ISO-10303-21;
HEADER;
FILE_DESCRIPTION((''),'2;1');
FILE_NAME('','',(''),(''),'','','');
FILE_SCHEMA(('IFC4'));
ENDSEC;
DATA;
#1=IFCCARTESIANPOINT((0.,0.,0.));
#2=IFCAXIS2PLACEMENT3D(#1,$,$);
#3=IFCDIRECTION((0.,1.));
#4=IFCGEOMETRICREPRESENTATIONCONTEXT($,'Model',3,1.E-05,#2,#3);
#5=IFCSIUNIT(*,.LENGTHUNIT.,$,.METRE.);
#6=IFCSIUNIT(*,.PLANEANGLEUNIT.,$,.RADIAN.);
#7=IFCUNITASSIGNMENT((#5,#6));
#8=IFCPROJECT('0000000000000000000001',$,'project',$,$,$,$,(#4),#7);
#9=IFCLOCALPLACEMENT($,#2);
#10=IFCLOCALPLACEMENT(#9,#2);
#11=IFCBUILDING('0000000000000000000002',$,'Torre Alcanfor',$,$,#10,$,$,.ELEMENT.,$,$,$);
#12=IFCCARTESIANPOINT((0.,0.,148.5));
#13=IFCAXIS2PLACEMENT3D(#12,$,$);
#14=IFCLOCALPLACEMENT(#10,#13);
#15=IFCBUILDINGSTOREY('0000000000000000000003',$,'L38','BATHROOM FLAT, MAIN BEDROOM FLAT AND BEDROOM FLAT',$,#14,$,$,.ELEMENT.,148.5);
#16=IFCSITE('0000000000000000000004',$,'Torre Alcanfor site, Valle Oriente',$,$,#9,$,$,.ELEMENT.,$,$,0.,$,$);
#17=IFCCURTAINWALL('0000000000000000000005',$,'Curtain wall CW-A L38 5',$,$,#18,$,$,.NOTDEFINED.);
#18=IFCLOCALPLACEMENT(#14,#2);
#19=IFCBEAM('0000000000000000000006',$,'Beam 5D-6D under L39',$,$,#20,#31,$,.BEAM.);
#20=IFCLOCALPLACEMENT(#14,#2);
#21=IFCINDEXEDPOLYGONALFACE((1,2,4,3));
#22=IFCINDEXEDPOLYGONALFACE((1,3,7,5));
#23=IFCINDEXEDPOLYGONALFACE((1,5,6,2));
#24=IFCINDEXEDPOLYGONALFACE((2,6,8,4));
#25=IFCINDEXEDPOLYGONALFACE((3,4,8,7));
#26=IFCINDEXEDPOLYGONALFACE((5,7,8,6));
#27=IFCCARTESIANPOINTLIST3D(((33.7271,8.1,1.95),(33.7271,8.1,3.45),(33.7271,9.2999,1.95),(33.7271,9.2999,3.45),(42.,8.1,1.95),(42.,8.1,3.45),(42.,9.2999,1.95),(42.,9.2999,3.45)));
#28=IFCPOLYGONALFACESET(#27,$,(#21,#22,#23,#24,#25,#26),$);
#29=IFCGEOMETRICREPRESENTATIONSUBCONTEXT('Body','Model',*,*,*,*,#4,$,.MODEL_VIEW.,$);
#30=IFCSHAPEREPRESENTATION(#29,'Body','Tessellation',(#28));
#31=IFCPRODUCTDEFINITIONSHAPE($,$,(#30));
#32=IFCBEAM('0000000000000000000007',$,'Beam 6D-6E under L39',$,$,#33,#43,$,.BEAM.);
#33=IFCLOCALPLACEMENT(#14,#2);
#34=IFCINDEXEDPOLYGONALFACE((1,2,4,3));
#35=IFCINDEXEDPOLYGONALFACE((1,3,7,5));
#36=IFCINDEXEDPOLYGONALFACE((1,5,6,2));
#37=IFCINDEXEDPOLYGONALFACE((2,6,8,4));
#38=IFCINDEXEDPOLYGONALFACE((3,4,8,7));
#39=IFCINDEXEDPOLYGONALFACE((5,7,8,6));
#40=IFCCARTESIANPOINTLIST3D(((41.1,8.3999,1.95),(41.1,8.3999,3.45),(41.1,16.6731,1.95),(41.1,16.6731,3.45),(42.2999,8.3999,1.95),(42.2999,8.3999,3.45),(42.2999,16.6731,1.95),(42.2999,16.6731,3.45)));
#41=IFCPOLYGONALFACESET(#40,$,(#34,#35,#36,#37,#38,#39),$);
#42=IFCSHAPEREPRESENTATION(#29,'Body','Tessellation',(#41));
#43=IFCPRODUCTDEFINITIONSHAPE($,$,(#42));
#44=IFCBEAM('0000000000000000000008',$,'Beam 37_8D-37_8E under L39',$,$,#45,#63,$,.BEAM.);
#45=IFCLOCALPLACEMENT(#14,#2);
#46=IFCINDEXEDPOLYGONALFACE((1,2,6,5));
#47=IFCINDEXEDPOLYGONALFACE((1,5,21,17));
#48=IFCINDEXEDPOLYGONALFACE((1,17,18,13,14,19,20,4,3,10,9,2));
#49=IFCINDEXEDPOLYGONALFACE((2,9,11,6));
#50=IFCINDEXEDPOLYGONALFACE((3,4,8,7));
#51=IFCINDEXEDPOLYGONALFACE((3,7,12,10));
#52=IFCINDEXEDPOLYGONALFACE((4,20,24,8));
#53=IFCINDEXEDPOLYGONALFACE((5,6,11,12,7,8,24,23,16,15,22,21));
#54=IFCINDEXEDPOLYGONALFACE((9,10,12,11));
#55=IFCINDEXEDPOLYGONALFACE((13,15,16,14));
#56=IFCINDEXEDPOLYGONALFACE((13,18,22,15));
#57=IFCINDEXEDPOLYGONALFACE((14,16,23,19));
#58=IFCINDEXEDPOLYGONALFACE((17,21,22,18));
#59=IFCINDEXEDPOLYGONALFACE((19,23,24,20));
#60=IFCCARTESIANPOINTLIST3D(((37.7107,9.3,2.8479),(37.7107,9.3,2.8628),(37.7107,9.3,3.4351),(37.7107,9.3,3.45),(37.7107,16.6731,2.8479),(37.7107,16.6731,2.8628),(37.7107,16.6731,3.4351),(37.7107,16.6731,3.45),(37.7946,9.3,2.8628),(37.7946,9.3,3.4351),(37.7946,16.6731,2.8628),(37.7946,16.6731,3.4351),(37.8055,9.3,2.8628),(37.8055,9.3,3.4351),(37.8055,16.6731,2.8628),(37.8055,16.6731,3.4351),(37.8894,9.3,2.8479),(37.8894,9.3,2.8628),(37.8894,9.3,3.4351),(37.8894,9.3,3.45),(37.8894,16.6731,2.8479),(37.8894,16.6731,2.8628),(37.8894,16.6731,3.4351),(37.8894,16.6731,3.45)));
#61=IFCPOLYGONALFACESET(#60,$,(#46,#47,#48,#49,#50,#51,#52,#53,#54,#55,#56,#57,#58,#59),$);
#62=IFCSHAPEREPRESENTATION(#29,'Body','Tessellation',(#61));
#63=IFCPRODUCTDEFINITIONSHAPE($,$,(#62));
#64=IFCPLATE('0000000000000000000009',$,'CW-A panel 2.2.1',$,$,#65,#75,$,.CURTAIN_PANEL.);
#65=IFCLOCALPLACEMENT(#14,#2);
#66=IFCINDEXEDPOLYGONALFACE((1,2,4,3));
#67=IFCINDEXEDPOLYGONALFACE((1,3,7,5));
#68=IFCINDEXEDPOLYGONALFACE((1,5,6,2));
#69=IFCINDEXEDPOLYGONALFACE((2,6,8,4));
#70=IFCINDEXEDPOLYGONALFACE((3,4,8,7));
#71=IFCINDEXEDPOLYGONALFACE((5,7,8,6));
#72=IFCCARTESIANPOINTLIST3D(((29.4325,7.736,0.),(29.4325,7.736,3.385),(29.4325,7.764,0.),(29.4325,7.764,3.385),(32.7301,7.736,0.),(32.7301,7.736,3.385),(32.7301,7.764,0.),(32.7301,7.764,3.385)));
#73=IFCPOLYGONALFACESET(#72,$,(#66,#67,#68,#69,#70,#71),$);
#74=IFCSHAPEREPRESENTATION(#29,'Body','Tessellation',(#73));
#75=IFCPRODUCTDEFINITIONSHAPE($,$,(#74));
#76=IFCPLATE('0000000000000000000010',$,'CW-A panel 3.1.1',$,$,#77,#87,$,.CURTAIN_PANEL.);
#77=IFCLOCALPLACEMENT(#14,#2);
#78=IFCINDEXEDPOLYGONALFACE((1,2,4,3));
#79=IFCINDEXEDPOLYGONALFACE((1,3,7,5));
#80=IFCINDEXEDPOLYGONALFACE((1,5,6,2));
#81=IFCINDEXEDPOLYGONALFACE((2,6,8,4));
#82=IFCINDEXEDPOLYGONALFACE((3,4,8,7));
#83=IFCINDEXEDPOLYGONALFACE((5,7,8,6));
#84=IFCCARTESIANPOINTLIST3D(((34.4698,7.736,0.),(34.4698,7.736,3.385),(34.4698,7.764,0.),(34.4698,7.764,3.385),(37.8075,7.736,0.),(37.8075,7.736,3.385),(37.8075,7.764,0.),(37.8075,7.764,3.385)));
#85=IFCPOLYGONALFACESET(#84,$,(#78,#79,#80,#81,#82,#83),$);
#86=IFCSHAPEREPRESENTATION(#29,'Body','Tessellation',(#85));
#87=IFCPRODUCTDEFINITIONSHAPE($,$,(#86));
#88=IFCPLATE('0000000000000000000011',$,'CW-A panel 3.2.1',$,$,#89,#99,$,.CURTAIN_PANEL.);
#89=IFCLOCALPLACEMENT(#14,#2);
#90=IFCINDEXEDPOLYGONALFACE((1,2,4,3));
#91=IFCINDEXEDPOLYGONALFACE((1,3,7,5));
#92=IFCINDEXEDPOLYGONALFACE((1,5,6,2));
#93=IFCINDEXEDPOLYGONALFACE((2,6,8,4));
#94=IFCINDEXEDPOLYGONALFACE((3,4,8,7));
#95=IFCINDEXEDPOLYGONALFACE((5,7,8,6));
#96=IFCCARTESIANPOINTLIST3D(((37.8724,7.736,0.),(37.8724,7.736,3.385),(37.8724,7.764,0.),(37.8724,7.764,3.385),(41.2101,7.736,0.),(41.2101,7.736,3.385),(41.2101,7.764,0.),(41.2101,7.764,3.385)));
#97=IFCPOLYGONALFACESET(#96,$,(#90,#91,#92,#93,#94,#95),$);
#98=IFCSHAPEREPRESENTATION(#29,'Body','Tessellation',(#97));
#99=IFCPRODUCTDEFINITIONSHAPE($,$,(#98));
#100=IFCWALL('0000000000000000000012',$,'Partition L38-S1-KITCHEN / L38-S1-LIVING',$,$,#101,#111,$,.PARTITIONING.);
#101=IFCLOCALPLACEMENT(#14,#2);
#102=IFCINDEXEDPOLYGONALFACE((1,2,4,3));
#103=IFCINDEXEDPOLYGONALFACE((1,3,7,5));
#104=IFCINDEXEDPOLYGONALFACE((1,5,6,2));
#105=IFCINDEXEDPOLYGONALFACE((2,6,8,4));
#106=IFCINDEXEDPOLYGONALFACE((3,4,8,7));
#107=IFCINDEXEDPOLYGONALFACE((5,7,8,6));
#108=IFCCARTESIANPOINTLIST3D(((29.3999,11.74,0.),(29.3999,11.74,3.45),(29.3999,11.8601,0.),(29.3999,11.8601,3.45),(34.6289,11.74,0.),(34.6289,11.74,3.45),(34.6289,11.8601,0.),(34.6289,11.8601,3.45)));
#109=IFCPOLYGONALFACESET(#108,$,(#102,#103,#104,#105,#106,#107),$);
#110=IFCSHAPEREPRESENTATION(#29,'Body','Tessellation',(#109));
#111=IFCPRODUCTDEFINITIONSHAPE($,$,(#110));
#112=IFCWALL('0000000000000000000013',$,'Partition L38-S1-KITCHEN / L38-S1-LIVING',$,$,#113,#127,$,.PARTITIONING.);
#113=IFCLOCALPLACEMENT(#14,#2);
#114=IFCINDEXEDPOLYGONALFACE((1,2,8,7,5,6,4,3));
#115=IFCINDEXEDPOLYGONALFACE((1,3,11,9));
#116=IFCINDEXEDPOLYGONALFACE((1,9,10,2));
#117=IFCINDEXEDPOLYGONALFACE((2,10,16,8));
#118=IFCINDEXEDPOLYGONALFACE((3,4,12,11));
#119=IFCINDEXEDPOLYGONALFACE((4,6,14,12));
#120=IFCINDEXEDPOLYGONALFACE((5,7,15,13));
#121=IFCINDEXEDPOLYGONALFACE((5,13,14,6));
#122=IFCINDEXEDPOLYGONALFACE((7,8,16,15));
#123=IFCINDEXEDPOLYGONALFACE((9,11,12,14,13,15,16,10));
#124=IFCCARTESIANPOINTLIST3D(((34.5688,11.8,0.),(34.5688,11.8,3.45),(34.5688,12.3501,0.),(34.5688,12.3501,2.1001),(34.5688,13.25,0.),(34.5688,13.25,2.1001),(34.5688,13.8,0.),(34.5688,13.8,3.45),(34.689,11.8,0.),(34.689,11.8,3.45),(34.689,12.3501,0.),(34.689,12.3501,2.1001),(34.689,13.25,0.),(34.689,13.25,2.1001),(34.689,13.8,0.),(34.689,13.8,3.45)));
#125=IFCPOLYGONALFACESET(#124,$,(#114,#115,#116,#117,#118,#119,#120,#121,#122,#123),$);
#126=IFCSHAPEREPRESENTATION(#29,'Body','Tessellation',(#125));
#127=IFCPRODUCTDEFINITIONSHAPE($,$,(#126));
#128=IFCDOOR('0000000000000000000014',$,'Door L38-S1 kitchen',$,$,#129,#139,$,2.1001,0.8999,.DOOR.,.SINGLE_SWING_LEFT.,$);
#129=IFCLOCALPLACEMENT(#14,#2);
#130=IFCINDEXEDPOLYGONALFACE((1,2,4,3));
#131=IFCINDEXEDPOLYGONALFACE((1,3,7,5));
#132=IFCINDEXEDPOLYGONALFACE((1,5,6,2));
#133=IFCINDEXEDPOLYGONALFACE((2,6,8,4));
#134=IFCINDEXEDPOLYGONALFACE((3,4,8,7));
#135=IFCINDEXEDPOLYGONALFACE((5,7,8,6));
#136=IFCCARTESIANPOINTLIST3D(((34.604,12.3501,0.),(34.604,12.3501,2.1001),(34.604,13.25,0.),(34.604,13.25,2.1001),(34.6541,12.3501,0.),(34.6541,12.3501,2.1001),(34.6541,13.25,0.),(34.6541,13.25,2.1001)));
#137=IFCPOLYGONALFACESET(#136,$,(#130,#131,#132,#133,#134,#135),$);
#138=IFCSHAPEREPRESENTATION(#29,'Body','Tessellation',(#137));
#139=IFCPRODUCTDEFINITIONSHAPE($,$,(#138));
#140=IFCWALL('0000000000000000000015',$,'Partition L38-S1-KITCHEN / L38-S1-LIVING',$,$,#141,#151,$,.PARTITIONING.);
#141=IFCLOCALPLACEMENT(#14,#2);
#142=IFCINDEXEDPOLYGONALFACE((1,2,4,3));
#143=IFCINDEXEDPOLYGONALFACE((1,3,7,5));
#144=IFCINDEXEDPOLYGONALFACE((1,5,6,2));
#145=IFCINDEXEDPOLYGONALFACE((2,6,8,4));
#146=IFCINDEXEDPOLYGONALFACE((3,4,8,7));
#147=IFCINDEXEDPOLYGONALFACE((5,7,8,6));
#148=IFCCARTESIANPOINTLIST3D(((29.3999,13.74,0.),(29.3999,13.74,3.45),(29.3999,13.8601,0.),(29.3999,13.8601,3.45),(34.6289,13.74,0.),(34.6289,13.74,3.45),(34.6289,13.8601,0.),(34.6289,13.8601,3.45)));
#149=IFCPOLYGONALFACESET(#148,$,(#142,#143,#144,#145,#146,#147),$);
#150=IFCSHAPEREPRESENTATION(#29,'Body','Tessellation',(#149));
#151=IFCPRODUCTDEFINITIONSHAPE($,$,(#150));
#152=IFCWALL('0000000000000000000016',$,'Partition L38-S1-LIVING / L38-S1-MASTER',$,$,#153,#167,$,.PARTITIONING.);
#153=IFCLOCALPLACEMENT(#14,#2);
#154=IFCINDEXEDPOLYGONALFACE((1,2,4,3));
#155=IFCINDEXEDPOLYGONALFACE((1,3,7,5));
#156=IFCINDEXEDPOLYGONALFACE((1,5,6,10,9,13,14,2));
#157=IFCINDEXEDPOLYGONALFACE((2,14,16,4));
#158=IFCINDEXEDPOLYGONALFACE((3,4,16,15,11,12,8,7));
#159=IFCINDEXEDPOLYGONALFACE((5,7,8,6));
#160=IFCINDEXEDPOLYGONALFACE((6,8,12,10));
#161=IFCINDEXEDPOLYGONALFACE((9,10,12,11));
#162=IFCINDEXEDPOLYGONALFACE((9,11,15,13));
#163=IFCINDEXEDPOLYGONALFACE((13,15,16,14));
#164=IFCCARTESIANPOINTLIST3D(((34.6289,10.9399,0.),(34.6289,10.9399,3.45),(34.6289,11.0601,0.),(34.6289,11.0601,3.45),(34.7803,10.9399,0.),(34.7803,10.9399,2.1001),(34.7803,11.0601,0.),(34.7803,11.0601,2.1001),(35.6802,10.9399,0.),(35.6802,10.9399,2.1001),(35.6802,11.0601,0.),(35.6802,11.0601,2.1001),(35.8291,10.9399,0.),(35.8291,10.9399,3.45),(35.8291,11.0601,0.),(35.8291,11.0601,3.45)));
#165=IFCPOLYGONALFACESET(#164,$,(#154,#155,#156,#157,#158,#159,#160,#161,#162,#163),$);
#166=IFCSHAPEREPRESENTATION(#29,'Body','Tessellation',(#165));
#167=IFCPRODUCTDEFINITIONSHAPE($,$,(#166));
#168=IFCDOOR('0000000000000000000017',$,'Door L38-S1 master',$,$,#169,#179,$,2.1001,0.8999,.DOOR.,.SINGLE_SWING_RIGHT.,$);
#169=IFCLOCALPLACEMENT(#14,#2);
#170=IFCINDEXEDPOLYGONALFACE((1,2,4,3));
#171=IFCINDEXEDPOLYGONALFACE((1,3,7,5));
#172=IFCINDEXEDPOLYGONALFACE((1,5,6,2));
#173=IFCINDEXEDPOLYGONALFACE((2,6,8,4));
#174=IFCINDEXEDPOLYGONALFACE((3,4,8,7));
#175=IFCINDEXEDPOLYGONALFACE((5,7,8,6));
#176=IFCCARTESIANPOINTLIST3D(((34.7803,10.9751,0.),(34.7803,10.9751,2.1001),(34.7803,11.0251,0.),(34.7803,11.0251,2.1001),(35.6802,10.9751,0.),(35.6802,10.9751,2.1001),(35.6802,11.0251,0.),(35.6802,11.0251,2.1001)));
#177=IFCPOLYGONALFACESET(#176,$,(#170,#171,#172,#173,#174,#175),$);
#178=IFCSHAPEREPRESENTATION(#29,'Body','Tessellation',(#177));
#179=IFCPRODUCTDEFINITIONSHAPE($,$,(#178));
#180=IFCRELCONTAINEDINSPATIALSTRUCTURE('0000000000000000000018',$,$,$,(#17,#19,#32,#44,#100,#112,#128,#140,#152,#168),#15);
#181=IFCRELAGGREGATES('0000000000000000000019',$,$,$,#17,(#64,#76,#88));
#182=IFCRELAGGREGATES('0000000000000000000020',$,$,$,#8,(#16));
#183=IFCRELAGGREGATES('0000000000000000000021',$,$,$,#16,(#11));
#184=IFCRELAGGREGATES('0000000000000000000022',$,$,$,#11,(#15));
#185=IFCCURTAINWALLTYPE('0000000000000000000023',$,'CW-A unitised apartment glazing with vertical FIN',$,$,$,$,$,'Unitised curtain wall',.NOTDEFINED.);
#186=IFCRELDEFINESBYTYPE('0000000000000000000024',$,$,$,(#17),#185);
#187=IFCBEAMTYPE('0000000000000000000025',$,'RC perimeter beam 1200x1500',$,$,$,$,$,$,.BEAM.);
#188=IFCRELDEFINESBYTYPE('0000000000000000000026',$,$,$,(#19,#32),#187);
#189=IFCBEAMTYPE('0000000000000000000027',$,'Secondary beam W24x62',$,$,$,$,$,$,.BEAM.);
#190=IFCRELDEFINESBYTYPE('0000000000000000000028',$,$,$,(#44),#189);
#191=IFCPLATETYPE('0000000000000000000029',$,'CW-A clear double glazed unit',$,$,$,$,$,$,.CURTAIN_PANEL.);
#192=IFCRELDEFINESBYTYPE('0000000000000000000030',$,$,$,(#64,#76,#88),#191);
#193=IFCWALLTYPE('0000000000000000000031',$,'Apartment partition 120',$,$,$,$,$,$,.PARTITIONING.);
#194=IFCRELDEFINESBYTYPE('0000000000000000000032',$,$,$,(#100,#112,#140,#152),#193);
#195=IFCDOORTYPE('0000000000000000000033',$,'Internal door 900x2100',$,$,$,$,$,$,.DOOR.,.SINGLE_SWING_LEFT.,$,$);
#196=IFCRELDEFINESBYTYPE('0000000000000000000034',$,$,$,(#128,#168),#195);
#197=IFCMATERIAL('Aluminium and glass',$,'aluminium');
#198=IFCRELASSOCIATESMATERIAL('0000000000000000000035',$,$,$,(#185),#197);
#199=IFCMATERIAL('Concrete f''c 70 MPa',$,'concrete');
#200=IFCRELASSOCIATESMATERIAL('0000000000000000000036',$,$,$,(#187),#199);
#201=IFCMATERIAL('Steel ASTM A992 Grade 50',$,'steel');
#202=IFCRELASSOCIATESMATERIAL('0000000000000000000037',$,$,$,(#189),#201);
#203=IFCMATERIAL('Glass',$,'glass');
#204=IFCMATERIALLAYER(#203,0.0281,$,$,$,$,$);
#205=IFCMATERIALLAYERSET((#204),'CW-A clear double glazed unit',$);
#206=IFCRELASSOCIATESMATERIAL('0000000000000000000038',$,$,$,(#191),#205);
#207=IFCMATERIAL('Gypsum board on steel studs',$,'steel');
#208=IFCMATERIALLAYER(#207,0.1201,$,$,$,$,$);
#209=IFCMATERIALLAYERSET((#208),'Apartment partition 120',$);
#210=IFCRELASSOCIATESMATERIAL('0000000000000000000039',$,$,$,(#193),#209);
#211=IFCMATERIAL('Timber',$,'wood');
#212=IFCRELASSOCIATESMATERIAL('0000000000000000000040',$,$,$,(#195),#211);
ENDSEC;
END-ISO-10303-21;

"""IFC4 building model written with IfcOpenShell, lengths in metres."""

from ifc_helpers import new_model, si_unit, direction, frame, frame_2d, origin, origin_2d, place, context, subcontext, project, spatial, rectangle, i_section, extrude, material, layer, layer_set, material_profile, profile_set, type_object, element, fill, aggregate, save


model = new_model("IFC4")

# Units and contexts
model_context = context("Model", 3, precision=1e-05, world=origin(), true_north=direction((0.0, 1.0)))
body_context = subcontext(model_context, "Body", "Model", "MODEL_VIEW")
ifc_project = project(units=[si_unit("LENGTHUNIT", "METRE"), si_unit("PLANEANGLEUNIT", "RADIAN")], contexts=[model_context])

# Site, building, storey
site_placement = place(None, origin())
site = spatial("IfcSite", under=ifc_project, at=site_placement, Name="Torre Alcanfor site, Valle Oriente", CompositionType="ELEMENT", RefElevation=0.0)
building_placement = place(site_placement, origin())
building = spatial("IfcBuilding", under=site, at=building_placement, Name="Torre Alcanfor", CompositionType="ELEMENT")
storey_placement = place(building_placement, frame((0.0, 0.0, 148.5)))
storey = spatial("IfcBuildingStorey", under=building, at=storey_placement, Name="L38", Description="BATHROOM FLAT, MAIN BEDROOM FLAT AND BEDROOM FLAT", CompositionType="ELEMENT", Elevation=148.5)

# Curtain wall
ifc_material_1 = material(Name="Aluminium and glass", Category="aluminium")
curtain_wall_type = type_object("IfcCurtainWallType", Name="CW-A unitised apartment glazing with vertical FIN", ElementType="Unitised curtain wall", PredefinedType="NOTDEFINED", material=ifc_material_1)
curtain_wall_placement = place(storey_placement, origin())
curtain_wall = element("IfcCurtainWall", 1, at=curtain_wall_placement, inside=storey, type_object=curtain_wall_type, Name="Curtain wall CW-A L38 5", PredefinedType="NOTDEFINED")

# Beams
ifc_material_2 = material(Name="Concrete f'c 70 MPa", Category="concrete")
ifc_material_profile_1 = material_profile(ifc_material_2, rectangle(XDim=1.2, YDim=1.5, at=origin_2d()), Name="1200x1500")
ifc_profile_set_1 = profile_set([ifc_material_profile_1], Name="Concrete f'c 70 MPa")
beam_type_1 = type_object("IfcBeamType", Name="RC perimeter beam 1200x1500", PredefinedType="BEAM", material=ifc_profile_set_1)
beam_1_placement = place(storey_placement, frame((33.7271, 8.7, 2.7), z_axis=(1.0, 0.0, 0.0), x_axis=(0.0, 1.0, 0.0)))
element("IfcBeam", 2, at=beam_1_placement, inside=storey, type_object=beam_type_1, Name="Beam 5D-6D under L39", PredefinedType="BEAM", context=body_context, shape_type="SweptSolid", body=[
    extrude(rectangle(XDim=1.2, YDim=1.5, at=origin_2d()), origin(), (0.0, 0.0, 1.0), 8.2729),
])
beam_2_placement = place(storey_placement, frame((41.7, 8.3999, 2.7), z_axis=(0.0, 1.0, 0.0), x_axis=(-1.0, 0.0, 0.0)))
element("IfcBeam", 3, at=beam_2_placement, inside=storey, type_object=beam_type_1, Name="Beam 6D-6E under L39", PredefinedType="BEAM", context=body_context, shape_type="SweptSolid", body=[
    extrude(rectangle(XDim=1.2, YDim=1.5, at=origin_2d()), origin(), (0.0, 0.0, 1.0), 8.2732),
])
ifc_material_3 = material(Name="Steel ASTM A992 Grade 50", Category="steel")
ifc_material_profile_2 = material_profile(ifc_material_3, i_section(OverallWidth=0.1787, OverallDepth=0.6021, WebThickness=0.011, FlangeThickness=0.0149, at=origin_2d()), Name="W24x62")
ifc_profile_set_2 = profile_set([ifc_material_profile_2], Name="Steel ASTM A992 Grade 50")
beam_type_2 = type_object("IfcBeamType", Name="Secondary beam W24x62", PredefinedType="BEAM", material=ifc_profile_set_2)
beam_3_placement = place(storey_placement, frame((37.8, 9.3, 3.1489), z_axis=(0.0, 1.0, 0.0), x_axis=(-1.0, 0.0, 0.0)))
element("IfcBeam", 4, at=beam_3_placement, inside=storey, type_object=beam_type_2, Name="Beam 37_8D-37_8E under L39", PredefinedType="BEAM", context=body_context, shape_type="SweptSolid", body=[
    extrude(i_section(OverallWidth=0.1787, OverallDepth=0.6021, WebThickness=0.011, FlangeThickness=0.0149, at=origin_2d()), origin(), (0.0, 0.0, 1.0), 7.373),
])

# Plates
ifc_material_4 = material(Name="Glass", Category="glass")
ifc_layer_1 = layer(ifc_material_4, 0.0281)
ifc_layer_set_1 = layer_set([ifc_layer_1], Name="CW-A clear double glazed unit")
plate_type = type_object("IfcPlateType", Name="CW-A clear double glazed unit", PredefinedType="CURTAIN_PANEL", material=ifc_layer_set_1)
plate_1_placement = place(storey_placement, frame((31.0813, 7.75, 0.0), z_axis=(0.0, 0.0, 1.0), x_axis=(1.0, 0.0, 0.0)))
plate_1 = element("IfcPlate", 5, at=plate_1_placement, type_object=plate_type, Name="CW-A panel 2.2.1", PredefinedType="CURTAIN_PANEL", context=body_context, shape_type="SweptSolid", body=[
    extrude(rectangle(XDim=3.2976, YDim=0.0281, at=origin_2d()), origin(), (0.0, 0.0, 1.0), 3.385),
])
plate_2_placement = place(storey_placement, frame((36.1387, 7.75, 0.0), z_axis=(0.0, 0.0, 1.0), x_axis=(1.0, 0.0, 0.0)))
plate_2 = element("IfcPlate", 6, at=plate_2_placement, type_object=plate_type, Name="CW-A panel 3.1.1", PredefinedType="CURTAIN_PANEL", context=body_context, shape_type="SweptSolid", body=[
    extrude(rectangle(XDim=3.3376, YDim=0.0281, at=origin_2d()), origin(), (0.0, 0.0, 1.0), 3.385),
])
plate_3_placement = place(storey_placement, frame((39.5413, 7.75, 0.0), z_axis=(0.0, 0.0, 1.0), x_axis=(1.0, 0.0, 0.0)))
plate_3 = element("IfcPlate", 7, at=plate_3_placement, type_object=plate_type, Name="CW-A panel 3.2.1", PredefinedType="CURTAIN_PANEL", context=body_context, shape_type="SweptSolid", body=[
    extrude(rectangle(XDim=3.3376, YDim=0.0281, at=origin_2d()), origin(), (0.0, 0.0, 1.0), 3.385),
])
aggregate(curtain_wall, [plate_1, plate_2, plate_3])

# Wall
ifc_material_5 = material(Name="Gypsum board on steel studs", Category="steel")
ifc_layer_2 = layer(ifc_material_5, 0.1201)
ifc_layer_set_2 = layer_set([ifc_layer_2], Name="Apartment partition 120")
wall_type_1 = type_object("IfcWallType", Name="Apartment partition 120", PredefinedType="PARTITIONING", material=ifc_layer_set_2)
wall_1_placement = place(storey_placement, frame((29.3999, 11.8, 0.0), z_axis=(0.0, 0.0, 1.0), x_axis=(1.0, 0.0, 0.0)))
element("IfcWall", 8, at=wall_1_placement, inside=storey, type_object=wall_type_1, Name="Partition L38-S1-KITCHEN / L38-S1-LIVING", PredefinedType="PARTITIONING", context=body_context, shape_type="SweptSolid", body=[
    extrude(rectangle(XDim=5.229, YDim=0.1201, at=frame_2d((2.6145, 0.0))), origin(), (0.0, 0.0, 1.0), 3.45),
])

# Wall, opening, door
wall_2_placement = place(storey_placement, frame((34.6289, 11.8, 0.0), z_axis=(0.0, 0.0, 1.0), x_axis=(0.0, 1.0, 0.0)))
wall_2 = element("IfcWall", 9, at=wall_2_placement, inside=storey, type_object=wall_type_1, Name="Partition L38-S1-KITCHEN / L38-S1-LIVING", PredefinedType="PARTITIONING", context=body_context, shape_type="SweptSolid", body=[
    extrude(rectangle(XDim=2.0, YDim=0.1201, at=frame_2d((1.0, 0.0))), origin(), (0.0, 0.0, 1.0), 3.45),
])
opening_1_placement = place(wall_2_placement, frame((0.55, 0.0, 0.0)))
opening_1 = element("IfcOpeningElement", 10, at=opening_1_placement, cuts=wall_2, PredefinedType="OPENING", context=body_context, shape_type="SweptSolid", body=[
    extrude(rectangle(XDim=0.8999, YDim=2.1001, at=frame_2d((0.45, 1.05))), frame((0.0, 0.0701, 0.0), z_axis=(0.0, -1.0, 0.0), x_axis=(1.0, 0.0, 0.0)), (0.0, 0.0, 1.0), 0.1401),
])
ifc_material_6 = material(Name="Timber", Category="wood")
door_type = type_object("IfcDoorType", Name="Internal door 900x2100", OperationType="SINGLE_SWING_LEFT", PredefinedType="DOOR", material=ifc_material_6)
door_1_placement = place(opening_1_placement, origin())
door_1 = element("IfcDoor", 11, at=door_1_placement, inside=storey, type_object=door_type, Name="Door L38-S1 kitchen", OperationType="SINGLE_SWING_LEFT", OverallHeight=2.1001, OverallWidth=0.8999, PredefinedType="DOOR", context=body_context, shape_type="SweptSolid", body=[
    extrude(rectangle(XDim=0.8999, YDim=2.1001, at=frame_2d((0.45, 1.05))), frame((0.0, 0.0249, 0.0), z_axis=(0.0, -1.0, 0.0), x_axis=(1.0, 0.0, 0.0)), (0.0, 0.0, 1.0), 0.05),
])
fill(opening_1, door_1)

# Wall
wall_3_placement = place(storey_placement, frame((34.6289, 13.8, 0.0), z_axis=(0.0, 0.0, 1.0), x_axis=(-1.0, 0.0, 0.0)))
element("IfcWall", 12, at=wall_3_placement, inside=storey, type_object=wall_type_1, Name="Partition L38-S1-KITCHEN / L38-S1-LIVING", PredefinedType="PARTITIONING", context=body_context, shape_type="SweptSolid", body=[
    extrude(rectangle(XDim=5.229, YDim=0.1201, at=frame_2d((2.6145, 0.0))), origin(), (0.0, 0.0, 1.0), 3.45),
])

# Wall, opening, door
wall_4_placement = place(storey_placement, frame((35.8291, 11.0, 0.0), z_axis=(0.0, 0.0, 1.0), x_axis=(-1.0, 0.0, 0.0)))
wall_4 = element("IfcWall", 13, at=wall_4_placement, inside=storey, type_object=wall_type_1, Name="Partition L38-S1-LIVING / L38-S1-MASTER", PredefinedType="PARTITIONING", context=body_context, shape_type="SweptSolid", body=[
    extrude(rectangle(XDim=1.2002, YDim=0.1201, at=frame_2d((0.6001, 0.0))), origin(), (0.0, 0.0, 1.0), 3.45),
])
opening_2_placement = place(wall_4_placement, frame((0.1489, 0.0, 0.0)))
opening_2 = element("IfcOpeningElement", 14, at=opening_2_placement, cuts=wall_4, PredefinedType="OPENING", context=body_context, shape_type="SweptSolid", body=[
    extrude(rectangle(XDim=0.8999, YDim=2.1001, at=frame_2d((0.45, 1.05))), frame((0.0, 0.0701, 0.0), z_axis=(0.0, -1.0, 0.0), x_axis=(1.0, 0.0, 0.0)), (0.0, 0.0, 1.0), 0.1401),
])
door_2_placement = place(opening_2_placement, origin())
door_2 = element("IfcDoor", 15, at=door_2_placement, inside=storey, type_object=door_type, Name="Door L38-S1 master", OperationType="SINGLE_SWING_RIGHT", OverallHeight=2.1001, OverallWidth=0.8999, PredefinedType="DOOR", context=body_context, shape_type="SweptSolid", body=[
    extrude(rectangle(XDim=0.8999, YDim=2.1001, at=frame_2d((0.45, 1.05))), frame((0.0, 0.0249, 0.0), z_axis=(0.0, -1.0, 0.0), x_axis=(1.0, 0.0, 0.0)), (0.0, 0.0, 1.0), 0.05),
])
fill(opening_2, door_2)

save(model, "model.ifc")
